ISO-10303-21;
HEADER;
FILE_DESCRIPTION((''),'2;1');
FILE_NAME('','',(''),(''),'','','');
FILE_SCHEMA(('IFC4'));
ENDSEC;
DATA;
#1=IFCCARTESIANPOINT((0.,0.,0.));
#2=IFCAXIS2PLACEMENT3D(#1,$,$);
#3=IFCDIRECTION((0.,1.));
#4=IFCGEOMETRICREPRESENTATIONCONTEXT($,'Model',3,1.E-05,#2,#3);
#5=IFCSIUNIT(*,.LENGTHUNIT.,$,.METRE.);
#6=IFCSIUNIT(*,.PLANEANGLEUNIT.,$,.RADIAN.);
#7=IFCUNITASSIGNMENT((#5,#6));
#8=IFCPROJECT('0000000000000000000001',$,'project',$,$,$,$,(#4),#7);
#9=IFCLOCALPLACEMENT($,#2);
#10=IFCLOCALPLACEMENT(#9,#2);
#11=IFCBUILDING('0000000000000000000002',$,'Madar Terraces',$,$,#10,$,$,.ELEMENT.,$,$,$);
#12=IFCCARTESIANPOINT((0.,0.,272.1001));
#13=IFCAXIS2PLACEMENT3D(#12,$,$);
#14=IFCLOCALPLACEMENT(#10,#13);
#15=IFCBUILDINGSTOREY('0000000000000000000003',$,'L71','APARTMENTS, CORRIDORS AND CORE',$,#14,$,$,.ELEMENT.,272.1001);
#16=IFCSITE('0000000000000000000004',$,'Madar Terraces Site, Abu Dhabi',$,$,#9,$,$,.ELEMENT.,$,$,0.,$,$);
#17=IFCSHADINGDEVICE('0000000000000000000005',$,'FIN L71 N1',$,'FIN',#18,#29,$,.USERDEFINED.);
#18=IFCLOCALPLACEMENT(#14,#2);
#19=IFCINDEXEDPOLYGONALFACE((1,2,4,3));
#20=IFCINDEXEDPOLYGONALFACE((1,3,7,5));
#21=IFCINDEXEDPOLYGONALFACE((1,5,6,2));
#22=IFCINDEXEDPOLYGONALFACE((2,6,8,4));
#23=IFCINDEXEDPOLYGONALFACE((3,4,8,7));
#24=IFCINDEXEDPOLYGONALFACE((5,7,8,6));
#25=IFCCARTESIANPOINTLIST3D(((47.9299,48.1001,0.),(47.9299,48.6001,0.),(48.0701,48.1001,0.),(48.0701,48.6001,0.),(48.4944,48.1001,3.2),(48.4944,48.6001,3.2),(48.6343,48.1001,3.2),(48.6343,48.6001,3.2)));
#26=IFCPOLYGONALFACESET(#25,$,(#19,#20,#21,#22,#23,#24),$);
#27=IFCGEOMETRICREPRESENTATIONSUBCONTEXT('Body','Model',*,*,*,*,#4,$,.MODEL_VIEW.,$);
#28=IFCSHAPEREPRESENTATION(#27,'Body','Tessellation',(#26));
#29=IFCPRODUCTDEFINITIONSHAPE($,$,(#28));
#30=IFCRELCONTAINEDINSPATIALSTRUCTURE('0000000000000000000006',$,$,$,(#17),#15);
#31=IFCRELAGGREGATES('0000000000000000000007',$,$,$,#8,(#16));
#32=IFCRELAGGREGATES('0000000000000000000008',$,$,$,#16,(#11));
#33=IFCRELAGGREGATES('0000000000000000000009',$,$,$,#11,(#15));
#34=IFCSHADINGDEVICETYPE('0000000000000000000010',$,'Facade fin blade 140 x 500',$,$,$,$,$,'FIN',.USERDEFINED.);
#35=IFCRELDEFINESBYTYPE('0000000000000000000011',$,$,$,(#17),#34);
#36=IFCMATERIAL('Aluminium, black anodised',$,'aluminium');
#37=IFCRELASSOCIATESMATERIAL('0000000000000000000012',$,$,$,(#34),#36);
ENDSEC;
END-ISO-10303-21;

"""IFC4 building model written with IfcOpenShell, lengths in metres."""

from ifc_helpers import new_model, si_unit, direction, frame, origin, place, context, subcontext, project, spatial, polyline, outline, extrude, material, type_object, element, save


model = new_model("IFC4")

# Units and contexts
model_context = context("Model", 3, precision=1e-05, world=origin(), true_north=direction((0.0, 1.0)))
body_context = subcontext(model_context, "Body", "Model", "MODEL_VIEW")
ifc_project = project(units=[si_unit("LENGTHUNIT", "METRE"), si_unit("PLANEANGLEUNIT", "RADIAN")], contexts=[model_context])

# Site, building, storey
site_placement = place(None, origin())
site = spatial("IfcSite", under=ifc_project, at=site_placement, Name="Madar Terraces Site, Abu Dhabi", CompositionType="ELEMENT", RefElevation=0.0)
building_placement = place(site_placement, origin())
building = spatial("IfcBuilding", under=site, at=building_placement, Name="Madar Terraces", CompositionType="ELEMENT")
storey_placement = place(building_placement, frame((0.0, 0.0, 272.1001)))
storey = spatial("IfcBuildingStorey", under=building, at=storey_placement, Name="L71", Description="APARTMENTS, CORRIDORS AND CORE", CompositionType="ELEMENT", Elevation=272.1001)

# Shading device
ifc_material_1 = material(Name="Aluminium, black anodised", Category="aluminium")
shading_device_type = type_object("IfcShadingDeviceType", Name="Facade fin blade 140 x 500", ElementType="FIN", PredefinedType="USERDEFINED", material=ifc_material_1)
shading_device_placement = place(storey_placement, frame((48.0701, 48.3501, 0.0), z_axis=(0.0, 0.0, 1.0), x_axis=(-1.0, 0.0, 0.0)))
element("IfcShadingDevice", 1, at=shading_device_placement, inside=storey, type_object=shading_device_type, Name="FIN L71 N1", ObjectType="FIN", PredefinedType="USERDEFINED", context=body_context, shape_type="SweptSolid", body=[
    extrude(outline(polyline([(0.0, 0.0), (0.1401, 0.0), (-0.4243, 3.2), (-0.5642, 3.2), (0.0, 0.0)])), frame((0.0, 0.25, 0.0), z_axis=(0.0, -1.0, 0.0), x_axis=(1.0, 0.0, 0.0)), (0.0, 0.0, 1.0), 0.5),
])

save(model, "model.ifc")
